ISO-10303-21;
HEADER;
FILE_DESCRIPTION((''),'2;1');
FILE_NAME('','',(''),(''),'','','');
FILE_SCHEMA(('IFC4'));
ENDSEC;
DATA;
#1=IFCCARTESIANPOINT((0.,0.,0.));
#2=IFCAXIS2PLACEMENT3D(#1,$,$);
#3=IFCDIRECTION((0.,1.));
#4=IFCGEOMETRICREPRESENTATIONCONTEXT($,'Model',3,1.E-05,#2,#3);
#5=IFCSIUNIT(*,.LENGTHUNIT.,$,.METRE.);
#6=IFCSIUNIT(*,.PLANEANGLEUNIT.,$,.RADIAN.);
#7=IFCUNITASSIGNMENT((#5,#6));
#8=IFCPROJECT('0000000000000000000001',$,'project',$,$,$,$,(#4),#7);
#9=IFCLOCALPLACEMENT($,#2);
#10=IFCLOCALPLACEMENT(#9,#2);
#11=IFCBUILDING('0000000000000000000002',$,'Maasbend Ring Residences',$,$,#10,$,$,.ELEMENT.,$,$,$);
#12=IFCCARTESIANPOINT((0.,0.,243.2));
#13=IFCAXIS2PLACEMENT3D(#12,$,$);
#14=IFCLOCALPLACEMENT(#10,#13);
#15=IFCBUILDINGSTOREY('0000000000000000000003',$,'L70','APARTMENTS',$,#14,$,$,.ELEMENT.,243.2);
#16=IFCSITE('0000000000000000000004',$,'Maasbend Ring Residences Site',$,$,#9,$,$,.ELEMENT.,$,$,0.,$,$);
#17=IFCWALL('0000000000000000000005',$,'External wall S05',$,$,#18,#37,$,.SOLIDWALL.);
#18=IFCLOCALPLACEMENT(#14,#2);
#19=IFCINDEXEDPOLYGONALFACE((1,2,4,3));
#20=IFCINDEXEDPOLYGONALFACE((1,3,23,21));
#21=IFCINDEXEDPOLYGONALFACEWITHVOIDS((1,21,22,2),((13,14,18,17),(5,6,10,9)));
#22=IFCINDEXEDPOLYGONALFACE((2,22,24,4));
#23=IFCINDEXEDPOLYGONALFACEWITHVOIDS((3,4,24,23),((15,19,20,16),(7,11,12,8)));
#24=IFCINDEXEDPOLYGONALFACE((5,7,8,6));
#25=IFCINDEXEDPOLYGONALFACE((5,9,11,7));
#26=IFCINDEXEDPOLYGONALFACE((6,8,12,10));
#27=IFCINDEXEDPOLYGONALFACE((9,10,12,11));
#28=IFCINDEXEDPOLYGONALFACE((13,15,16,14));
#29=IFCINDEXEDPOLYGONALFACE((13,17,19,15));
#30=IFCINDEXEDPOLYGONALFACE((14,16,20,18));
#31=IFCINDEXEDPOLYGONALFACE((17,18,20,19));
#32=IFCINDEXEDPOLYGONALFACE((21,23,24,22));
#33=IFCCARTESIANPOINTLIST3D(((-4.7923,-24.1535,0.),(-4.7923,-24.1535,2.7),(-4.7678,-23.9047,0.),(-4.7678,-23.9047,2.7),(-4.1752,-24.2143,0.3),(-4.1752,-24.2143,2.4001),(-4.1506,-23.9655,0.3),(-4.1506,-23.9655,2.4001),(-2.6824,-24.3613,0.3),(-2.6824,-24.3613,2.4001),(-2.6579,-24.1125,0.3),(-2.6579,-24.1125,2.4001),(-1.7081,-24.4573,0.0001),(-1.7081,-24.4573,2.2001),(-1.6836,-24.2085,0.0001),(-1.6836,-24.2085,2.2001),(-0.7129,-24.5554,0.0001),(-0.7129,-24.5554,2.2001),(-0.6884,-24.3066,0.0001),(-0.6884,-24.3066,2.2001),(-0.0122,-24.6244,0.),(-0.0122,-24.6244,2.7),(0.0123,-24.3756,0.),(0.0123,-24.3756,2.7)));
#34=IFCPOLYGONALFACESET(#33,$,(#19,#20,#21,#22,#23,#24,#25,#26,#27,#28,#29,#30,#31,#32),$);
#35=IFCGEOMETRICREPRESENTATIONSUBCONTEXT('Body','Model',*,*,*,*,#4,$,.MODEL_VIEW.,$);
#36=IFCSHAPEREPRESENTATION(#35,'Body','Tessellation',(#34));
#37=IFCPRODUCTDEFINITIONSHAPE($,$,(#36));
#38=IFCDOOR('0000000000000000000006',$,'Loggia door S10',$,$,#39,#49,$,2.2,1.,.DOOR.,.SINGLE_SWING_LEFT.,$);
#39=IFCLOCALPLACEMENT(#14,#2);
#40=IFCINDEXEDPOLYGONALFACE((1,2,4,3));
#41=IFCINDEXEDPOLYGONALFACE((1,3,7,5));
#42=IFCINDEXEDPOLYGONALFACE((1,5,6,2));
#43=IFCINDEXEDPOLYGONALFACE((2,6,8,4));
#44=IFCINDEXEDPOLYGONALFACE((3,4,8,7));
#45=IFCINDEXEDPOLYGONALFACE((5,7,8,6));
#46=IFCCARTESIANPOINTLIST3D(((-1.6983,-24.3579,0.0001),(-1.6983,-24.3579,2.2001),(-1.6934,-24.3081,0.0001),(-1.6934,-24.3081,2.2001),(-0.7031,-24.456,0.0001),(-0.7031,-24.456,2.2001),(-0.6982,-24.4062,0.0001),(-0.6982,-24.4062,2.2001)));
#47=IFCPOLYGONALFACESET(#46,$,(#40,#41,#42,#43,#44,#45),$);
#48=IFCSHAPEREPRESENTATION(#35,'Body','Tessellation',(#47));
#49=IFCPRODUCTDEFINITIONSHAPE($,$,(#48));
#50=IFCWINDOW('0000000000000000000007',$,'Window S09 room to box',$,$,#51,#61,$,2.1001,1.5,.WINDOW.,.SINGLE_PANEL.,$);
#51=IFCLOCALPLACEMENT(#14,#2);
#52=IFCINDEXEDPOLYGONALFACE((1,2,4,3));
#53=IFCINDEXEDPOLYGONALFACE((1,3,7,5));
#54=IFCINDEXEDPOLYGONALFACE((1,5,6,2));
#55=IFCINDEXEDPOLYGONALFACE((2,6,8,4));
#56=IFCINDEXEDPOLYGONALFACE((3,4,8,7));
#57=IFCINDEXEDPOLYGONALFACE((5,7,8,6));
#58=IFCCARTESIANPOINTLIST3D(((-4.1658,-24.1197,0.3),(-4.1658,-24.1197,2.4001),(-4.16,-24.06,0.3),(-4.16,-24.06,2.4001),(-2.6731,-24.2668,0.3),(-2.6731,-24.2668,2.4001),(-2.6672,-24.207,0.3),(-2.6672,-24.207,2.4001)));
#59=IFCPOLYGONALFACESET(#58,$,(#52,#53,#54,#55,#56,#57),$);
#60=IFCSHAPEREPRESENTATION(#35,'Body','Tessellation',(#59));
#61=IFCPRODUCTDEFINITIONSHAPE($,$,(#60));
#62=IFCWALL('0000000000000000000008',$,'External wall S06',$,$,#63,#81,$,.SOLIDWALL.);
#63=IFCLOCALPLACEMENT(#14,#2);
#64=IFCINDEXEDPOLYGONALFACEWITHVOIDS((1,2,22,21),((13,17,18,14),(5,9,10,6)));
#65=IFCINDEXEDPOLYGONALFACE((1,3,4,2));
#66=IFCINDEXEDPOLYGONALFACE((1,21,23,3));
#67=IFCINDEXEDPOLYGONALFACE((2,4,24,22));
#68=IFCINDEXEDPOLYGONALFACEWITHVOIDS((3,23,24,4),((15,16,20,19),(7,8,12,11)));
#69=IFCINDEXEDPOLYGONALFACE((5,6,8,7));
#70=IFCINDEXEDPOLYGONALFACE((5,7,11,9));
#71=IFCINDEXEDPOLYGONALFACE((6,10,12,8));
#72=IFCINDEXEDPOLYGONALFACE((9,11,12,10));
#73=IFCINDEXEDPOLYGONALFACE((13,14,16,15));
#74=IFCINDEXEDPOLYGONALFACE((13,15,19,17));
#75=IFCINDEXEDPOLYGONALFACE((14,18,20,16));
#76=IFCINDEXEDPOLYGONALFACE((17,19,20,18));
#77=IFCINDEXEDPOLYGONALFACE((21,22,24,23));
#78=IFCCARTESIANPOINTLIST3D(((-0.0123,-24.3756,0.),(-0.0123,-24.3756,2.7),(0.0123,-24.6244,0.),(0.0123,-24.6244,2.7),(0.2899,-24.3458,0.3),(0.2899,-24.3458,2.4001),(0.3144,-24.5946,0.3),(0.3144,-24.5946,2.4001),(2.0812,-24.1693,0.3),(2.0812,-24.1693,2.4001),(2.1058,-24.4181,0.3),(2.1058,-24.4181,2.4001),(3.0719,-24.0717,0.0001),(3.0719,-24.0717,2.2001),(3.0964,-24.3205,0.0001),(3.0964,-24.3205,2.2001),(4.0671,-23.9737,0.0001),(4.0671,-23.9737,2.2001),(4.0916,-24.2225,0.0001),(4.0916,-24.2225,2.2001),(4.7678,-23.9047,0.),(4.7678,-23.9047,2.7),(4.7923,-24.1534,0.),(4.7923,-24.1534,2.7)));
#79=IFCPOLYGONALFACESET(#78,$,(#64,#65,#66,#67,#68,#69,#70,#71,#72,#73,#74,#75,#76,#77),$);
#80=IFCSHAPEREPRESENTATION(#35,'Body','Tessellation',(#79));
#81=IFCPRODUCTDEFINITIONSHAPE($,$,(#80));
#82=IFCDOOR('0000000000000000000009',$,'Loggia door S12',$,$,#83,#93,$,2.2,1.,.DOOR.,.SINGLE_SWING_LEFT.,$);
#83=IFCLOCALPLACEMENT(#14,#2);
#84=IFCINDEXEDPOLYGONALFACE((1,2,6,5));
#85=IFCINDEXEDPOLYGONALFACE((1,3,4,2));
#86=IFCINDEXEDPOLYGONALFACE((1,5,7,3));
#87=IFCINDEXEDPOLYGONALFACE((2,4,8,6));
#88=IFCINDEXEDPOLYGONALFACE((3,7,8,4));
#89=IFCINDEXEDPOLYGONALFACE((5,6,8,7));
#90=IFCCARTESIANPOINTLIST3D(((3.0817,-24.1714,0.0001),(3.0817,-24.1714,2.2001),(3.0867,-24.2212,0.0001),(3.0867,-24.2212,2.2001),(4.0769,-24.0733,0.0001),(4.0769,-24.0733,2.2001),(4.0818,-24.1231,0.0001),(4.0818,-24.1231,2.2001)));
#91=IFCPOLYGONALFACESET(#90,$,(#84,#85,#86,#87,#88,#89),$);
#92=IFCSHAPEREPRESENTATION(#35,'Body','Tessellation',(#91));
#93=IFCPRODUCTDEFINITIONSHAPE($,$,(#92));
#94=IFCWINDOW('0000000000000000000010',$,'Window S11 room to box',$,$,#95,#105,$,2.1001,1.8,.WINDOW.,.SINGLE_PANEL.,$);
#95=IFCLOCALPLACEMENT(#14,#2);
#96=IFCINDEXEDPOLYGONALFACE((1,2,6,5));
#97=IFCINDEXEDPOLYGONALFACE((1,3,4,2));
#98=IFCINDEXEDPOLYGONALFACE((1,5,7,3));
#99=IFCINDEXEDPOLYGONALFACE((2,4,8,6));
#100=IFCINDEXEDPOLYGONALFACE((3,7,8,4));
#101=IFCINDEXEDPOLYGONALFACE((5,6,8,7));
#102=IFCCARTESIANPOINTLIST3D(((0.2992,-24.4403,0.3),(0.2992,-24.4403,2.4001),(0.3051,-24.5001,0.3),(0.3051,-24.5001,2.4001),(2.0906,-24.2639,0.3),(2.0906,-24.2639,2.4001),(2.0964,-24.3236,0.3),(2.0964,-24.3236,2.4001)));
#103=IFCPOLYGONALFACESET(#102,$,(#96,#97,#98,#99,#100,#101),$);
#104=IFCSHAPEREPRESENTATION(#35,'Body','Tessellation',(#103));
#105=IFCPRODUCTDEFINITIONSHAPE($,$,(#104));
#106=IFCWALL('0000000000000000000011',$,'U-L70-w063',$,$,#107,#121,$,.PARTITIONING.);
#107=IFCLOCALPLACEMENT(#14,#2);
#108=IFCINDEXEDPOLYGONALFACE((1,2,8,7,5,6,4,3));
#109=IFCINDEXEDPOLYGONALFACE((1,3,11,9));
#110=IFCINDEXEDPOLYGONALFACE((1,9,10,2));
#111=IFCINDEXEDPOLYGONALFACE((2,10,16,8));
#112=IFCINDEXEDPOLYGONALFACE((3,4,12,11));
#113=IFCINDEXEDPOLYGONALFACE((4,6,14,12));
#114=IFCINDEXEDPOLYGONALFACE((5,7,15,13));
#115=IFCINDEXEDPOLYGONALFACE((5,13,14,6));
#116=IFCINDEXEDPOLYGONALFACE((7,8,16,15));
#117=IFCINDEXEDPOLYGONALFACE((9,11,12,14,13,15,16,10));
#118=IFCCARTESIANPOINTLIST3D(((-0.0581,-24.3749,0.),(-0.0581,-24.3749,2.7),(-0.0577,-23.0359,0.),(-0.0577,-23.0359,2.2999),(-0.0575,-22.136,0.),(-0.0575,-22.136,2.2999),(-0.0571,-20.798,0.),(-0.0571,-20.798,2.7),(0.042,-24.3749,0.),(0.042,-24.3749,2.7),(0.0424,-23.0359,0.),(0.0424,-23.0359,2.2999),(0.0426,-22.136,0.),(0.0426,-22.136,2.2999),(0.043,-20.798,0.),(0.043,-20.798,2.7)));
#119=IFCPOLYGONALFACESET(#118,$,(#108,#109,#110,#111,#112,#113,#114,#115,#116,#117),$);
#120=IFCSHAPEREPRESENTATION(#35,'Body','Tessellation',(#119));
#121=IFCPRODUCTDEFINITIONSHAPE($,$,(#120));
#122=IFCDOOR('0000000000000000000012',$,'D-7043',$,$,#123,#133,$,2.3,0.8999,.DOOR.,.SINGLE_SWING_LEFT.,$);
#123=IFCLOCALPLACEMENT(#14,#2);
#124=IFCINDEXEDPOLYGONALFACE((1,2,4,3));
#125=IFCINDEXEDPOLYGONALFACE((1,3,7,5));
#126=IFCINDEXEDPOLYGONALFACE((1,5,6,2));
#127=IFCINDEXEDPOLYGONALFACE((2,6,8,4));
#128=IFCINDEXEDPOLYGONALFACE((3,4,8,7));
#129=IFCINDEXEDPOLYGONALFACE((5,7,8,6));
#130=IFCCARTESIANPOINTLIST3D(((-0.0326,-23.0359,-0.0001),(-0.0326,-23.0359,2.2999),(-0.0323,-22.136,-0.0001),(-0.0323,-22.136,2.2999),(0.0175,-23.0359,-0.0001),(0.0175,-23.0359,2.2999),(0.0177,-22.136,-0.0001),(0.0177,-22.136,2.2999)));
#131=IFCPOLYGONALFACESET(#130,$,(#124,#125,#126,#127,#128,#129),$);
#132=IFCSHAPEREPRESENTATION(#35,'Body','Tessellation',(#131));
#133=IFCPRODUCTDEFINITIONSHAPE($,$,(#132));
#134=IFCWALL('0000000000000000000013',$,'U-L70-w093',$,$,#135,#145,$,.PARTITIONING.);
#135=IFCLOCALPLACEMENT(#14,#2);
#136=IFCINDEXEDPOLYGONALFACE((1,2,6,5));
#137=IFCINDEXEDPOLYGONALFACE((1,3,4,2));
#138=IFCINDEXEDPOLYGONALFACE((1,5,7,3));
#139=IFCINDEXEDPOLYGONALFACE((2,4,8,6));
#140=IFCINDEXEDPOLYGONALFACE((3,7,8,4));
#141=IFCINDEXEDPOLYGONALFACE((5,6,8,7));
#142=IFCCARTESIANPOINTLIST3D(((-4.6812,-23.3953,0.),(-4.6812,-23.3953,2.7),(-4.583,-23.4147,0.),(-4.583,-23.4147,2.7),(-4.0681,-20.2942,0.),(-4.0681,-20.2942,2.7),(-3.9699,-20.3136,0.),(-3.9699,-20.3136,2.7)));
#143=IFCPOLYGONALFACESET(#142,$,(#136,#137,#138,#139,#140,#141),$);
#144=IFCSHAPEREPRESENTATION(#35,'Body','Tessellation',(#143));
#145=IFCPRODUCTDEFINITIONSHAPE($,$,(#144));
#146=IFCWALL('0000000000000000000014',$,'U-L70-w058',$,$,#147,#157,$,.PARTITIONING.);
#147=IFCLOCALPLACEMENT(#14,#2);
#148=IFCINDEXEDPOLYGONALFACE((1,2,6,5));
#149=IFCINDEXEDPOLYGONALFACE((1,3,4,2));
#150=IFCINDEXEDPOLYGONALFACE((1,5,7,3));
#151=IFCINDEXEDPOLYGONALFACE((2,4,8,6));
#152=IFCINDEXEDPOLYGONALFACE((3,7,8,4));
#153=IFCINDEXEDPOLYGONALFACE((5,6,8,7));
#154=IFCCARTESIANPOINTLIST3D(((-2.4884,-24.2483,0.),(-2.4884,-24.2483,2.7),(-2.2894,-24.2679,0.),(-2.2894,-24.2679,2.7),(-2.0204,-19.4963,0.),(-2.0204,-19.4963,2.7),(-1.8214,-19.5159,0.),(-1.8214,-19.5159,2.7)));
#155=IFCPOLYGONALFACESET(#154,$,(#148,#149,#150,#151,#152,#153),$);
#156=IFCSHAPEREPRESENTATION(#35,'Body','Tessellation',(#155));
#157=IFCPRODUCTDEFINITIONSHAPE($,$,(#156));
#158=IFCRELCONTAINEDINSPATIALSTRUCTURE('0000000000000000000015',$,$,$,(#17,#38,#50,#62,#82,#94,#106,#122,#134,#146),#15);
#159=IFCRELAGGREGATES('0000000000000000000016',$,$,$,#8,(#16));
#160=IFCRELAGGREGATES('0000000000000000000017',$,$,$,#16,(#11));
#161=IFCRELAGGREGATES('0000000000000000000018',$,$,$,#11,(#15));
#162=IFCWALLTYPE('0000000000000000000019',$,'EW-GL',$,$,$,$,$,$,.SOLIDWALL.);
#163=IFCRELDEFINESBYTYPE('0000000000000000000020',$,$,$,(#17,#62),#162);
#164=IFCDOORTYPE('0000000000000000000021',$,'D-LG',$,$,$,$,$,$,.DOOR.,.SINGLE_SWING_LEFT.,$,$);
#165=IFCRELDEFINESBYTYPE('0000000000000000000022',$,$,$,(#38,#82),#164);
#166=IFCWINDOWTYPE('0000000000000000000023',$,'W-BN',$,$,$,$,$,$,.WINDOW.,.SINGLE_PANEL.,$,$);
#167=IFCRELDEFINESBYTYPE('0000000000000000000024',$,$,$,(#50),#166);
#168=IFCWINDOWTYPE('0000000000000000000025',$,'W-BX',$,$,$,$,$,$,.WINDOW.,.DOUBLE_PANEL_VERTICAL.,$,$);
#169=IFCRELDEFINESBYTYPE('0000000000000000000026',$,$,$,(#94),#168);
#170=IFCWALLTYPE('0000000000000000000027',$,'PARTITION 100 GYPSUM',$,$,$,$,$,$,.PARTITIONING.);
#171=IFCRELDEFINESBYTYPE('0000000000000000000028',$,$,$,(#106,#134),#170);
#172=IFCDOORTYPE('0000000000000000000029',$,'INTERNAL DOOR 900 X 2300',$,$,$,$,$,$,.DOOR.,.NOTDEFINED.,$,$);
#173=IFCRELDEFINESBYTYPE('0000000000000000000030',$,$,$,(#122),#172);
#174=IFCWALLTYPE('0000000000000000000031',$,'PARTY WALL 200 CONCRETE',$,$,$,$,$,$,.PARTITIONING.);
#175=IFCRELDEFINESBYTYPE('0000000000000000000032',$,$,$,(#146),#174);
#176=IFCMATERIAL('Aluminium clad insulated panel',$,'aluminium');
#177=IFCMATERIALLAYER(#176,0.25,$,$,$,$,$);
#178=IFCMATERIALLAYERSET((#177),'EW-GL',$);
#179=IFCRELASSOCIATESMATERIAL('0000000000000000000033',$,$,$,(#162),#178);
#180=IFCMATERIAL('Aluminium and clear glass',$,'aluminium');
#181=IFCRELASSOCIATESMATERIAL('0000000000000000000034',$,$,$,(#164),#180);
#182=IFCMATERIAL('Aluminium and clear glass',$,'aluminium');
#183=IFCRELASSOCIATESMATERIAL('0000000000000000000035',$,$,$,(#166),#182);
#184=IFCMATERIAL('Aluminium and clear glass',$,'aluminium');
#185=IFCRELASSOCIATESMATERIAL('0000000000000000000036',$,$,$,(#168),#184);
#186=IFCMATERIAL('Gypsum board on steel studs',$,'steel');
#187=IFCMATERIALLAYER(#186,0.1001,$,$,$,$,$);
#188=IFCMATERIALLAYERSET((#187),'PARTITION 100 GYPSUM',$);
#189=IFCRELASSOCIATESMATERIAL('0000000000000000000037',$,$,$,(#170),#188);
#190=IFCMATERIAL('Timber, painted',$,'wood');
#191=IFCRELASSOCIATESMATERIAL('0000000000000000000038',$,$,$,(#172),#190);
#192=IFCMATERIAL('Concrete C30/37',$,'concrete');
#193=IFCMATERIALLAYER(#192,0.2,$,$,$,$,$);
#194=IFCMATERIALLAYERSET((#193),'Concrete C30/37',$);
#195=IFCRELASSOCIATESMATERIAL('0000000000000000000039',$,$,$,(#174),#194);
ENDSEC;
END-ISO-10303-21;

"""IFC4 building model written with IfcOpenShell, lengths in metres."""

from ifc_helpers import new_model, si_unit, direction, frame, frame_2d, origin, place, context, subcontext, project, spatial, rectangle, extrude, material, layer, layer_set, type_object, element, fill, save


model = new_model("IFC4")

# Units and contexts
model_context = context("Model", 3, precision=1e-05, world=origin(), true_north=direction((0.0, 1.0)))
body_context = subcontext(model_context, "Body", "Model", "MODEL_VIEW")
ifc_project = project(units=[si_unit("LENGTHUNIT", "METRE"), si_unit("PLANEANGLEUNIT", "RADIAN")], contexts=[model_context])

# Site, building, storey
site_placement = place(None, origin())
site = spatial("IfcSite", under=ifc_project, at=site_placement, Name="Maasbend Ring Residences Site", CompositionType="ELEMENT", RefElevation=0.0)
building_placement = place(site_placement, origin())
building = spatial("IfcBuilding", under=site, at=building_placement, Name="Maasbend Ring Residences", CompositionType="ELEMENT")
storey_placement = place(building_placement, frame((0.0, 0.0, 243.2)))
storey = spatial("IfcBuildingStorey", under=building, at=storey_placement, Name="L70", Description="APARTMENTS", CompositionType="ELEMENT", Elevation=243.2)

# Walls, openings, doors, windows
ifc_material_1 = material(Name="Aluminium clad insulated panel", Category="aluminium")
ifc_layer_1 = layer(ifc_material_1, 0.25)
ifc_layer_set_1 = layer_set([ifc_layer_1], Name="EW-GL")
wall_type_1 = type_object("IfcWallType", Name="EW-GL", PredefinedType="SOLIDWALL", material=ifc_layer_set_1)
wall_1_placement = place(storey_placement, frame((-4.78, -24.0291, 0.0), z_axis=(0.0, 0.0, 1.0), x_axis=(0.995182, -0.098049, 0.0)))
wall_1 = element("IfcWall", 1, at=wall_1_placement, inside=storey, type_object=wall_type_1, Name="External wall S05", PredefinedType="SOLIDWALL", context=body_context, shape_type="SweptSolid", body=[
    extrude(rectangle(XDim=4.8032, YDim=0.25, at=frame_2d((2.4016, 0.0))), origin(), (0.0, 0.0, 1.0), 2.7),
])
opening_1_placement = place(wall_1_placement, frame((0.6201, 0.0, 0.3)))
opening_1 = element("IfcOpeningElement", 2, at=opening_1_placement, cuts=wall_1, PredefinedType="OPENING", context=body_context, shape_type="SweptSolid", body=[
    extrude(rectangle(XDim=1.5, YDim=2.1001, at=frame_2d((0.75, 1.05))), frame((0.0, 0.135, 0.0), z_axis=(0.0, -1.0, 0.0), x_axis=(1.0, 0.0, 0.0)), (0.0, 0.0, 1.0), 0.27),
])
opening_2_placement = place(wall_1_placement, frame((3.0991, 0.0, 0.0)))
opening_2 = element("IfcOpeningElement", 3, at=opening_2_placement, cuts=wall_1, PredefinedType="OPENING", context=body_context, shape_type="SweptSolid", body=[
    extrude(rectangle(XDim=1.0, YDim=2.2, at=frame_2d((0.5, 1.1001))), frame((0.0, 0.135, 0.0), z_axis=(0.0, -1.0, 0.0), x_axis=(1.0, 0.0, 0.0)), (0.0, 0.0, 1.0), 0.27),
])
ifc_material_2 = material(Name="Aluminium and clear glass", Category="aluminium")
door_type_1 = type_object("IfcDoorType", Name="D-LG", OperationType="SINGLE_SWING_LEFT", PredefinedType="DOOR", material=ifc_material_2)
door_1_placement = place(opening_2_placement, origin())
door_1 = element("IfcDoor", 4, at=door_1_placement, inside=storey, type_object=door_type_1, Name="Loggia door S10", OperationType="SINGLE_SWING_LEFT", OverallHeight=2.2, OverallWidth=1.0, PredefinedType="DOOR", context=body_context, shape_type="SweptSolid", body=[
    extrude(rectangle(XDim=1.0, YDim=2.2, at=frame_2d((0.5, 1.1001))), frame((0.0, 0.0249, 0.0), z_axis=(0.0, -1.0, 0.0), x_axis=(1.0, 0.0, 0.0)), (0.0, 0.0, 1.0), 0.05),
])
fill(opening_2, door_1)
ifc_material_3 = material(Name="Aluminium and clear glass", Category="aluminium")
window_type_1 = type_object("IfcWindowType", Name="W-BN", PartitioningType="SINGLE_PANEL", PredefinedType="WINDOW", material=ifc_material_3)
window_1_placement = place(opening_1_placement, origin())
window_1 = element("IfcWindow", 5, at=window_1_placement, inside=storey, type_object=window_type_1, Name="Window S09 room to box", OverallHeight=2.1001, OverallWidth=1.5, PartitioningType="SINGLE_PANEL", PredefinedType="WINDOW", context=body_context, shape_type="SweptSolid", body=[
    extrude(rectangle(XDim=1.5, YDim=2.1001, at=frame_2d((0.75, 1.05))), frame((0.0, 0.03, 0.0), z_axis=(0.0, -1.0, 0.0), x_axis=(1.0, 0.0, 0.0)), (0.0, 0.0, 1.0), 0.0601),
])
fill(opening_1, window_1)
wall_2_placement = place(storey_placement, frame((0.0, -24.5, 0.0), z_axis=(0.0, 0.0, 1.0), x_axis=(0.995182, 0.098049, 0.0)))
wall_2 = element("IfcWall", 6, at=wall_2_placement, inside=storey, type_object=wall_type_1, Name="External wall S06", PredefinedType="SOLIDWALL", context=body_context, shape_type="SweptSolid", body=[
    extrude(rectangle(XDim=4.8032, YDim=0.25, at=frame_2d((2.4016, 0.0))), origin(), (0.0, 0.0, 1.0), 2.7),
])
opening_3_placement = place(wall_2_placement, frame((0.3037, 0.0, 0.3)))
opening_3 = element("IfcOpeningElement", 7, at=opening_3_placement, cuts=wall_2, PredefinedType="OPENING", context=body_context, shape_type="SweptSolid", body=[
    extrude(rectangle(XDim=1.8, YDim=2.1001, at=frame_2d((0.8999, 1.05))), frame((0.0, 0.135, 0.0), z_axis=(0.0, -1.0, 0.0), x_axis=(1.0, 0.0, 0.0)), (0.0, 0.0, 1.0), 0.27),
])
opening_4_placement = place(wall_2_placement, frame((3.0991, 0.0, 0.0)))
opening_4 = element("IfcOpeningElement", 8, at=opening_4_placement, cuts=wall_2, PredefinedType="OPENING", context=body_context, shape_type="SweptSolid", body=[
    extrude(rectangle(XDim=1.0, YDim=2.2, at=frame_2d((0.5, 1.1001))), frame((0.0, 0.135, 0.0), z_axis=(0.0, -1.0, 0.0), x_axis=(1.0, 0.0, 0.0)), (0.0, 0.0, 1.0), 0.27),
])
door_2_placement = place(opening_4_placement, origin())
door_2 = element("IfcDoor", 9, at=door_2_placement, inside=storey, type_object=door_type_1, Name="Loggia door S12", OperationType="SINGLE_SWING_LEFT", OverallHeight=2.2, OverallWidth=1.0, PredefinedType="DOOR", context=body_context, shape_type="SweptSolid", body=[
    extrude(rectangle(XDim=1.0, YDim=2.2, at=frame_2d((0.5, 1.1001))), frame((0.0, 0.0249, 0.0), z_axis=(0.0, -1.0, 0.0), x_axis=(1.0, 0.0, 0.0)), (0.0, 0.0, 1.0), 0.05),
])
fill(opening_4, door_2)
ifc_material_4 = material(Name="Aluminium and clear glass", Category="aluminium")
window_type_2 = type_object("IfcWindowType", Name="W-BX", PartitioningType="DOUBLE_PANEL_VERTICAL", PredefinedType="WINDOW", material=ifc_material_4)
window_2_placement = place(opening_3_placement, origin())
window_2 = element("IfcWindow", 10, at=window_2_placement, inside=storey, type_object=window_type_2, Name="Window S11 room to box", OverallHeight=2.1001, OverallWidth=1.8, PartitioningType="SINGLE_PANEL", PredefinedType="WINDOW", context=body_context, shape_type="SweptSolid", body=[
    extrude(rectangle(XDim=1.8, YDim=2.1001, at=frame_2d((0.8999, 1.05))), frame((0.0, 0.03, 0.0), z_axis=(0.0, -1.0, 0.0), x_axis=(1.0, 0.0, 0.0)), (0.0, 0.0, 1.0), 0.0601),
])
fill(opening_3, window_2)

# Wall, opening, door
ifc_material_5 = material(Name="Gypsum board on steel studs", Category="steel")
ifc_layer_2 = layer(ifc_material_5, 0.1001)
ifc_layer_set_2 = layer_set([ifc_layer_2], Name="PARTITION 100 GYPSUM")
wall_type_2 = type_object("IfcWallType", Name="PARTITION 100 GYPSUM", PredefinedType="PARTITIONING", material=ifc_layer_set_2)
wall_3_placement = place(storey_placement, frame((-0.0081, -24.375, 0.0), z_axis=(0.0, 0.0, 1.0), x_axis=(0.000273, 1.0, 0.0)))
wall_3 = element("IfcWall", 11, at=wall_3_placement, inside=storey, type_object=wall_type_2, Name="U-L70-w063", PredefinedType="PARTITIONING", context=body_context, shape_type="SweptSolid", body=[
    extrude(rectangle(XDim=3.5769, YDim=0.1001, at=frame_2d((1.7886, 0.0))), origin(), (0.0, 0.0, 1.0), 2.7),
])
opening_5_placement = place(wall_3_placement, frame((1.3391, 0.0, 0.0)))
opening_5 = element("IfcOpeningElement", 12, at=opening_5_placement, cuts=wall_3, PredefinedType="OPENING", context=body_context, shape_type="SweptSolid", body=[
    extrude(rectangle(XDim=0.8999, YDim=2.3, at=frame_2d((0.45, 1.1499))), frame((0.0, 0.0601, 0.0), z_axis=(0.0, -1.0, 0.0), x_axis=(1.0, 0.0, 0.0)), (0.0, 0.0, 1.0), 0.1201),
])
ifc_material_6 = material(Name="Timber, painted", Category="wood")
door_type_2 = type_object("IfcDoorType", Name="INTERNAL DOOR 900 X 2300", OperationType="NOTDEFINED", PredefinedType="DOOR", material=ifc_material_6)
door_3_placement = place(opening_5_placement, origin())
door_3 = element("IfcDoor", 13, at=door_3_placement, inside=storey, type_object=door_type_2, Name="D-7043", OperationType="SINGLE_SWING_LEFT", OverallHeight=2.3, OverallWidth=0.8999, PredefinedType="DOOR", context=body_context, shape_type="SweptSolid", body=[
    extrude(rectangle(XDim=0.8999, YDim=2.3, at=frame_2d((0.45, 1.1499))), frame((0.0, 0.0249, 0.0), z_axis=(0.0, -1.0, 0.0), x_axis=(1.0, 0.0, 0.0)), (0.0, 0.0, 1.0), 0.05),
])
fill(opening_5, door_3)

# Walls
wall_4_placement = place(storey_placement, frame((-4.6321, -23.405, 0.0), z_axis=(0.0, 0.0, 1.0), x_axis=(0.193932, 0.981015, 0.0)))
element("IfcWall", 14, at=wall_4_placement, inside=storey, type_object=wall_type_2, Name="U-L70-w093", PredefinedType="PARTITIONING", context=body_context, shape_type="SweptSolid", body=[
    extrude(rectangle(XDim=3.1611, YDim=0.1001, at=frame_2d((1.5806, 0.0))), origin(), (0.0, 0.0, 1.0), 2.7),
])
ifc_material_7 = material(Name="Concrete C30/37", Category="concrete")
ifc_layer_3 = layer(ifc_material_7, 0.2)
ifc_layer_set_3 = layer_set([ifc_layer_3], Name="Concrete C30/37")
wall_type_3 = type_object("IfcWallType", Name="PARTY WALL 200 CONCRETE", PredefinedType="PARTITIONING", material=ifc_layer_set_3)
wall_5_placement = place(storey_placement, frame((-2.3889, -24.2581, 0.0), z_axis=(0.0, 0.0, 1.0), x_axis=(0.098015, 0.995185, 0.0)))
element("IfcWall", 15, at=wall_5_placement, inside=storey, type_object=wall_type_3, Name="U-L70-w058", PredefinedType="PARTITIONING", context=body_context, shape_type="SweptSolid", body=[
    extrude(rectangle(XDim=4.7749, YDim=0.2, at=frame_2d((2.3875, 0.0))), origin(), (0.0, 0.0, 1.0), 2.7),
])

save(model, "model.ifc")
